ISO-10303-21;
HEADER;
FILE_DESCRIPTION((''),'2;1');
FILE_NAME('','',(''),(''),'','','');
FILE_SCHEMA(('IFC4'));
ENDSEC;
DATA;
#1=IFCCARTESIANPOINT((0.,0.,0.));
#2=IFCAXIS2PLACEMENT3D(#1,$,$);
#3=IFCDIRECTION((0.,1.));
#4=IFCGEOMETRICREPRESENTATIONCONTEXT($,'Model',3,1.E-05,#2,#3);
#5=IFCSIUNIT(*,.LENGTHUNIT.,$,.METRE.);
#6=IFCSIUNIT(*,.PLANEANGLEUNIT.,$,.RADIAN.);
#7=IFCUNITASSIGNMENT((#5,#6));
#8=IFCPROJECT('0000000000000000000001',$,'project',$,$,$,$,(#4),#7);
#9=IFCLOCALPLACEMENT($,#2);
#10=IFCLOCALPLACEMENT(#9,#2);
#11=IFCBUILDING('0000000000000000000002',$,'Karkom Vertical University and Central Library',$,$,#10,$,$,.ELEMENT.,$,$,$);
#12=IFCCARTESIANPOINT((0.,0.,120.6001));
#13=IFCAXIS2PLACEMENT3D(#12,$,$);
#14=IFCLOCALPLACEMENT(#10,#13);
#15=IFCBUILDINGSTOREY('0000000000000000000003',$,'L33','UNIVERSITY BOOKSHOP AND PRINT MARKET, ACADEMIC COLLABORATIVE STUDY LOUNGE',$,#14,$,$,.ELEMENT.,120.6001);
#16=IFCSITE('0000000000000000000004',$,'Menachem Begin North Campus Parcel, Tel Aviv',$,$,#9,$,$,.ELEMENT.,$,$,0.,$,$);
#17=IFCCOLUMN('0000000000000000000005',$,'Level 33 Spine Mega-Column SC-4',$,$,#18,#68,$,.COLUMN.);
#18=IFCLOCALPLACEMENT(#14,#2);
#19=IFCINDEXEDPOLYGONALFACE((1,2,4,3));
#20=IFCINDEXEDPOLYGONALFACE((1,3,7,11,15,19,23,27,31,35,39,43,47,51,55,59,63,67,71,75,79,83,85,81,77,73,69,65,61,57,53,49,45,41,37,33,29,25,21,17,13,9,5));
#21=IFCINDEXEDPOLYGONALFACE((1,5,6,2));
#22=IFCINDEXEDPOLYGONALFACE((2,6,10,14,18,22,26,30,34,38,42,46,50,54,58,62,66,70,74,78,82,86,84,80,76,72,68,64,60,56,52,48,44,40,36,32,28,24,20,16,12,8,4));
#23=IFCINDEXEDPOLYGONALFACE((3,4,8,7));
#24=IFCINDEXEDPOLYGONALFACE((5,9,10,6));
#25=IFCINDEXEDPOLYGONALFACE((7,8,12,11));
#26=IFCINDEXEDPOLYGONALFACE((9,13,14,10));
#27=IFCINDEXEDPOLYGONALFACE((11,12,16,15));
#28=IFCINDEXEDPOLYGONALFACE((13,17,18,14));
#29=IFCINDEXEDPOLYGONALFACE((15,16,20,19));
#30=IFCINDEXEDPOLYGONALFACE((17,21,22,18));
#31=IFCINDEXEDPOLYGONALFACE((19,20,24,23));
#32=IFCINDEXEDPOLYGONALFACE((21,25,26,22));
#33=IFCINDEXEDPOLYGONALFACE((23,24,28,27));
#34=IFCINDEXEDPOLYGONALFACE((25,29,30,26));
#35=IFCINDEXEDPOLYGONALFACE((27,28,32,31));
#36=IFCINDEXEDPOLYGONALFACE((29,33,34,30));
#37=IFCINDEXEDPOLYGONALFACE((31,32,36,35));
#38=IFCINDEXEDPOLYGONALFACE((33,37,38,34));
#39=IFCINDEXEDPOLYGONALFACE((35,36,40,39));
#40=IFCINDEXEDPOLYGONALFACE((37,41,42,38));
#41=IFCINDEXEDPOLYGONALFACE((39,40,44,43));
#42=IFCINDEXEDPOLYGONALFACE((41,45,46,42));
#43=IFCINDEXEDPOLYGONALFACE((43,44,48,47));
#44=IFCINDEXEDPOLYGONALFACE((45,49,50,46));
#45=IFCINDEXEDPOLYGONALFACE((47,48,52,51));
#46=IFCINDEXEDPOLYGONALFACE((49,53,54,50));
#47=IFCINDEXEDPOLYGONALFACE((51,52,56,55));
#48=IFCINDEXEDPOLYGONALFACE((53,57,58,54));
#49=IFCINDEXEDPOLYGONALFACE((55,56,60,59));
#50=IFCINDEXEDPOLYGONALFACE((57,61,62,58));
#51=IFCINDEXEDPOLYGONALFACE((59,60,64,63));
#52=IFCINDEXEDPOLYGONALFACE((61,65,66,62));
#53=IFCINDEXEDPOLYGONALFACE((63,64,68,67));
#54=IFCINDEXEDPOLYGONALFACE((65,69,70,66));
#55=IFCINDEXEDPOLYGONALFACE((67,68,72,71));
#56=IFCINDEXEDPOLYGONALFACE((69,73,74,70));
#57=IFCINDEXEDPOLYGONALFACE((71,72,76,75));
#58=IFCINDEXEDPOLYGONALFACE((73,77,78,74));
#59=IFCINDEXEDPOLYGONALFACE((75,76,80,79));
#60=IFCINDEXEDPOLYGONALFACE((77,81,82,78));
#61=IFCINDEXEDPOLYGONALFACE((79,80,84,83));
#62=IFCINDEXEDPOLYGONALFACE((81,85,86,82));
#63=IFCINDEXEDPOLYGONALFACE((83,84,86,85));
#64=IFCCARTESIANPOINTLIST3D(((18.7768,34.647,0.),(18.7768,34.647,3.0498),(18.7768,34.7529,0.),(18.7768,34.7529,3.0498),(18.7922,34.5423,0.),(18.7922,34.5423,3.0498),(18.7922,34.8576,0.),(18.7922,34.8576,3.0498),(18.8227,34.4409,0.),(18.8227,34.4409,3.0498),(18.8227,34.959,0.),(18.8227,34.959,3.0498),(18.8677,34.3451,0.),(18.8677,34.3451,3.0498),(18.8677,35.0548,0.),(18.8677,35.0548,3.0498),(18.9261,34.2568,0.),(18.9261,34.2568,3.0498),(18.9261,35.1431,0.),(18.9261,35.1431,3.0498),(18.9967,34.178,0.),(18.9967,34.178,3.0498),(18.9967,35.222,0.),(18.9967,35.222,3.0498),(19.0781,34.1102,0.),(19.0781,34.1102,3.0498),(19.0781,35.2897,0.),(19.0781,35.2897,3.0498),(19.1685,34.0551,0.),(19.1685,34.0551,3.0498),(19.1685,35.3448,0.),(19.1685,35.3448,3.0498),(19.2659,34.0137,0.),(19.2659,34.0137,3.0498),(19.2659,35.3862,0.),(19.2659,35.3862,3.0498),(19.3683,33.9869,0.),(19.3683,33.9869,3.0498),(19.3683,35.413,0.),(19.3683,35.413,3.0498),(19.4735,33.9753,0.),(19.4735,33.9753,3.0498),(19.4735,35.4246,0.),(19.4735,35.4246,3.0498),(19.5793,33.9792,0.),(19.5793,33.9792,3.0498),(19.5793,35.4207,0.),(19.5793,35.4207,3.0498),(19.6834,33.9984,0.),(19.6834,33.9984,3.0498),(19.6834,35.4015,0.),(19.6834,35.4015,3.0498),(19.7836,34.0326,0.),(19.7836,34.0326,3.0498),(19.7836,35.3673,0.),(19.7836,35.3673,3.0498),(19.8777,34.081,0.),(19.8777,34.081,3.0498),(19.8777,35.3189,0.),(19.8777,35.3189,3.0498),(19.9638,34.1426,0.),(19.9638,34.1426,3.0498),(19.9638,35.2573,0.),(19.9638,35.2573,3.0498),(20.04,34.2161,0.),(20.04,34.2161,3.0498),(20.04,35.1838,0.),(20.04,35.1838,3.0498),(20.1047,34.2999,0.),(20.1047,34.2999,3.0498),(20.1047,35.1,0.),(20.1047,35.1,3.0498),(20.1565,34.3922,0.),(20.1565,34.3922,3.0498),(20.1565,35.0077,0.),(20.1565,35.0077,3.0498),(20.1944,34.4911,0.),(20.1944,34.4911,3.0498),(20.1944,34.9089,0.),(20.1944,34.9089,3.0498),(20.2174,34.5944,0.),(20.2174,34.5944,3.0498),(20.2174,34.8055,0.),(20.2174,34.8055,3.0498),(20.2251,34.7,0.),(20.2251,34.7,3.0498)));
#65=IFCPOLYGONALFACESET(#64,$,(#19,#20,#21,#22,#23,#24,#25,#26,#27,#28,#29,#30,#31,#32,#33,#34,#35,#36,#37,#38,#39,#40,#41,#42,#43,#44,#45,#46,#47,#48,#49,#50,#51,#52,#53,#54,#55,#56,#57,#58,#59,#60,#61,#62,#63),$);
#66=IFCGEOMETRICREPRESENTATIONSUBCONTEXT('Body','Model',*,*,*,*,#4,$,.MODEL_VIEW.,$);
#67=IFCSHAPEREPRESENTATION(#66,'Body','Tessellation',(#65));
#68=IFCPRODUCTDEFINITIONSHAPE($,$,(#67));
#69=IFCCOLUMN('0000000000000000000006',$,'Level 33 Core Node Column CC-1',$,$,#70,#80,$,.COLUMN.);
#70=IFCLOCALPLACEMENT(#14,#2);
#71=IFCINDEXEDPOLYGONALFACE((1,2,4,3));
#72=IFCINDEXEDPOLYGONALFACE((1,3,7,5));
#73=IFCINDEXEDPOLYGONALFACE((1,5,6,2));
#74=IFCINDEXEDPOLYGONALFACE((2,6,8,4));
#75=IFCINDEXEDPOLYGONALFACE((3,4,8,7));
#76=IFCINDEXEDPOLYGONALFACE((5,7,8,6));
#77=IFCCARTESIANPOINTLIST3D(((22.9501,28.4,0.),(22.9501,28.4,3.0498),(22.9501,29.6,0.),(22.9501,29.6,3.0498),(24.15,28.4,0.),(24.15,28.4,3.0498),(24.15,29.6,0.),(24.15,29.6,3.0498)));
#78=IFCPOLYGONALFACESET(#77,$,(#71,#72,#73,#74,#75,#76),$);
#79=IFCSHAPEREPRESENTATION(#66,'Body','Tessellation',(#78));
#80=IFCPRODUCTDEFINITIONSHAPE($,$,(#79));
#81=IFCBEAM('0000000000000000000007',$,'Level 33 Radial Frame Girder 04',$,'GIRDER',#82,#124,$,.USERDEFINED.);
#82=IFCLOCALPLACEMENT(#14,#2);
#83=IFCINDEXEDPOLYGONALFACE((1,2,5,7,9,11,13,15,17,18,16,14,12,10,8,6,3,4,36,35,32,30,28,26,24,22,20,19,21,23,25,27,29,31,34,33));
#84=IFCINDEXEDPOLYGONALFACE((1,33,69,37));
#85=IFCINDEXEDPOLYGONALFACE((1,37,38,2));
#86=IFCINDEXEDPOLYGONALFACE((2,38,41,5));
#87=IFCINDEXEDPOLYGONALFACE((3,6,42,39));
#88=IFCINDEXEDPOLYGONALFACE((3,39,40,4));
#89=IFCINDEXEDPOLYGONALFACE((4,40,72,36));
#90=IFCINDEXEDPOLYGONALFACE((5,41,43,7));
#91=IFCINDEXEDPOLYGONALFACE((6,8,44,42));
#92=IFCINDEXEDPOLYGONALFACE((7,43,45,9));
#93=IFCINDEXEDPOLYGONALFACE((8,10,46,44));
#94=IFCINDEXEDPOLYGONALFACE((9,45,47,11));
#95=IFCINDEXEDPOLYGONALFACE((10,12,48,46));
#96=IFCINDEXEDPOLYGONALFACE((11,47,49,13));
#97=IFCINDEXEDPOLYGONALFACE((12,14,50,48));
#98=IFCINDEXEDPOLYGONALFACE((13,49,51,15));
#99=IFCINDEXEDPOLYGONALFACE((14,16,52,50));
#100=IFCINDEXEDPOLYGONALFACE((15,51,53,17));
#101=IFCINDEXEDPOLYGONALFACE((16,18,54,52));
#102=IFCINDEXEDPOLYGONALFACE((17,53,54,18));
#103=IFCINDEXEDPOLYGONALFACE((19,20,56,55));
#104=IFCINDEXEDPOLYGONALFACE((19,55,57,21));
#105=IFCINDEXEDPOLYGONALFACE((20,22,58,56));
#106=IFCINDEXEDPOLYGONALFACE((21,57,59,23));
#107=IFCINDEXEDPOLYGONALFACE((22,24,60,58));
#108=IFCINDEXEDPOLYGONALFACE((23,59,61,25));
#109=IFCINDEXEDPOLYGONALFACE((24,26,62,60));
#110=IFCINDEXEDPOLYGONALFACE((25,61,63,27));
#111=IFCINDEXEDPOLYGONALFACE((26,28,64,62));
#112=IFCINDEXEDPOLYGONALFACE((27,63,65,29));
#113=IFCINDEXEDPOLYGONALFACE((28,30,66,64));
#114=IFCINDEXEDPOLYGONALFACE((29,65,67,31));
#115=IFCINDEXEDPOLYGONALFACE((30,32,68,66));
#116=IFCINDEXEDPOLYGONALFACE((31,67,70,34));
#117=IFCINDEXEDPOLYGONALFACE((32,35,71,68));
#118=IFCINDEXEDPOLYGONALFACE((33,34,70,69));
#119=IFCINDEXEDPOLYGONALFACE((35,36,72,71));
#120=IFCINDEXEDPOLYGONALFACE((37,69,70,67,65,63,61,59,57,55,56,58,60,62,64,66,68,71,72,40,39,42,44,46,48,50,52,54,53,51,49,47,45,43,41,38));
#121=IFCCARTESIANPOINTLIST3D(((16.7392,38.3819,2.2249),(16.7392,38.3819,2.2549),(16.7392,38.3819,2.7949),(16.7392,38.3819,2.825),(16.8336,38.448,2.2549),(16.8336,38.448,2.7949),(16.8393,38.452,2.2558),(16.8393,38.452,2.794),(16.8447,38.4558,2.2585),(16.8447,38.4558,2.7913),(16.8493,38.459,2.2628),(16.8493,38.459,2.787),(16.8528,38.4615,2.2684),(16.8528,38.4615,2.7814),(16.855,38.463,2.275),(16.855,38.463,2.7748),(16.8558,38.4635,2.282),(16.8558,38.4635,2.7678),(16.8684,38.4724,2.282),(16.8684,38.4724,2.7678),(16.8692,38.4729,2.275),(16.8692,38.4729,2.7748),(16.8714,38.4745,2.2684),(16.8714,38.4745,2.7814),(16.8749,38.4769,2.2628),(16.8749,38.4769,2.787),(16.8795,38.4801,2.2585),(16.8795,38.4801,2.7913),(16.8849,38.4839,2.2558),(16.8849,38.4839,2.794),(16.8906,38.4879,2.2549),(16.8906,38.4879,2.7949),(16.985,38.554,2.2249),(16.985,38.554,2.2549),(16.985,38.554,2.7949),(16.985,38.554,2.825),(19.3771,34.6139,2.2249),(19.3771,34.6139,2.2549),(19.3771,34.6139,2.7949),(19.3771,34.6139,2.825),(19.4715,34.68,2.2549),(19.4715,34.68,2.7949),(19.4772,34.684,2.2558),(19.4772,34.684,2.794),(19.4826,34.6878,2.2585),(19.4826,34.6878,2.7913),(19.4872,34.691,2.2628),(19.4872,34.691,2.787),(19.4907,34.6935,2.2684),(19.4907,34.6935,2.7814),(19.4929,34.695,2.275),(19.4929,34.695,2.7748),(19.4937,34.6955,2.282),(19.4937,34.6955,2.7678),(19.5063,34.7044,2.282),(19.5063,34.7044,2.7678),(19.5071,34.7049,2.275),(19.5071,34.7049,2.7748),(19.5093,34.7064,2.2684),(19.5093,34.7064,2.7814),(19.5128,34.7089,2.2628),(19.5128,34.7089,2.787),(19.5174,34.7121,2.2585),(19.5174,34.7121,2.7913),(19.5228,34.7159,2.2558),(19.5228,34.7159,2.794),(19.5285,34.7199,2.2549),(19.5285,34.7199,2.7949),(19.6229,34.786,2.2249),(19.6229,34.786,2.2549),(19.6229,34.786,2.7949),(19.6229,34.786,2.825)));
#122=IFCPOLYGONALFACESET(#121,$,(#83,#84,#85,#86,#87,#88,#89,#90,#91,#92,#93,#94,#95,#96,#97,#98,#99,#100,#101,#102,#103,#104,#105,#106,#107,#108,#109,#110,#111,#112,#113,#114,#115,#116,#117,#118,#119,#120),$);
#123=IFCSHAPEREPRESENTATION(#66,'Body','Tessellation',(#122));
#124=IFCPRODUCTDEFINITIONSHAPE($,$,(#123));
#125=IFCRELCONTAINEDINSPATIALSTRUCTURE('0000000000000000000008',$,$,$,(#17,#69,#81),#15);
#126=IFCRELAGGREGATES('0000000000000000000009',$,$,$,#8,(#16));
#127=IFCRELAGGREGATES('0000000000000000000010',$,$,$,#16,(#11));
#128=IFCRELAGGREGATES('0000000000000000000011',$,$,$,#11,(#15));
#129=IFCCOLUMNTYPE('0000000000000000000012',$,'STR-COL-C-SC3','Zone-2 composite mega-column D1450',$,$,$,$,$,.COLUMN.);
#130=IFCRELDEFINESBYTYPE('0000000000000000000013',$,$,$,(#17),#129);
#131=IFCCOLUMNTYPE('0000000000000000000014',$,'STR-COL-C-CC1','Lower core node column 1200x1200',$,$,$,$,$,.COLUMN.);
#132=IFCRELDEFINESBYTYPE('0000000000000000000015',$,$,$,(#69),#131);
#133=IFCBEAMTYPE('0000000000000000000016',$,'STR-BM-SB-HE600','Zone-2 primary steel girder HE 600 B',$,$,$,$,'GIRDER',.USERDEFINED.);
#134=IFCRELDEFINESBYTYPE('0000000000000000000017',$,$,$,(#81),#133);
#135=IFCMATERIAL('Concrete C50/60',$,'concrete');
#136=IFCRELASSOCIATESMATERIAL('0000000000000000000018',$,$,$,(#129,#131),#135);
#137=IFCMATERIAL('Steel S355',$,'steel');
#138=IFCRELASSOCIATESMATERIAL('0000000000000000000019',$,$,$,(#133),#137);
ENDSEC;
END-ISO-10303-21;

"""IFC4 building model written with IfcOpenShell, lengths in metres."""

from ifc_helpers import new_model, si_unit, direction, frame, origin, origin_with_axes, origin_2d, place, context, subcontext, project, spatial, rectangle, circle, i_section, extrude, source, transform, mapped, material, material_profile, profile_set, type_object, element, save


model = new_model("IFC4")

# Units and contexts
model_context = context("Model", 3, precision=1e-05, world=origin(), true_north=direction((0.0, 1.0)))
body_context = subcontext(model_context, "Body", "Model", "MODEL_VIEW")
ifc_project = project(units=[si_unit("LENGTHUNIT", "METRE"), si_unit("PLANEANGLEUNIT", "RADIAN")], contexts=[model_context])

# Site, building, storey
site_placement = place(None, origin())
site = spatial("IfcSite", under=ifc_project, at=site_placement, Name="Menachem Begin North Campus Parcel, Tel Aviv", CompositionType="ELEMENT", RefElevation=0.0)
building_placement = place(site_placement, origin())
building = spatial("IfcBuilding", under=site, at=building_placement, Name="Karkom Vertical University and Central Library", CompositionType="ELEMENT")
storey_placement = place(building_placement, frame((0.0, 0.0, 120.6001)))
storey = spatial("IfcBuildingStorey", under=building, at=storey_placement, Name="L33", Description="UNIVERSITY BOOKSHOP AND PRINT MARKET, ACADEMIC COLLABORATIVE STUDY LOUNGE", CompositionType="ELEMENT", Elevation=120.6001)

# Columns
ifc_material_1 = material(Name="Concrete C50/60", Category="concrete")
ifc_material_profile_1 = material_profile(ifc_material_1, circle(Radius=0.7251, at=origin_2d()), Name="CFT-D1450")
ifc_profile_set_1 = profile_set([ifc_material_profile_1], Name="Concrete C50/60")
column_type_1 = type_object("IfcColumnType", Name="STR-COL-C-SC3", Description="Zone-2 composite mega-column D1450", PredefinedType="COLUMN", material=ifc_profile_set_1)
shared_shape_1 = source(origin_with_axes(), body_context, "Body", "SweptSolid", [
    extrude(circle(Radius=0.7251, at=origin_2d()), origin(), (0.0, 0.0, 1.0), 3.0498),
])
column_1_placement = place(storey_placement, frame((19.5, 34.7, 0.0), z_axis=(0.0, 0.0, 1.0), x_axis=(1.0, 0.0, 0.0)))
element("IfcColumn", 1, at=column_1_placement, inside=storey, type_object=column_type_1, Name="Level 33 Spine Mega-Column SC-4", PredefinedType="COLUMN", context=body_context, shape_type="MappedRepresentation", body=[
    mapped(shared_shape_1, transform((0.0, 0.0, 0.0), scale=1.0)),
])
ifc_material_profile_2 = material_profile(ifc_material_1, rectangle(XDim=1.2, YDim=1.2, at=origin_2d()), Name="RC-1200x1200")
ifc_profile_set_2 = profile_set([ifc_material_profile_2], Name="Concrete C50/60")
column_type_2 = type_object("IfcColumnType", Name="STR-COL-C-CC1", Description="Lower core node column 1200x1200", PredefinedType="COLUMN", material=ifc_profile_set_2)
shared_shape_2 = source(origin_with_axes(), body_context, "Body", "SweptSolid", [
    extrude(rectangle(XDim=1.2, YDim=1.2, at=origin_2d()), origin(), (0.0, 0.0, 1.0), 3.0498),
])
column_2_placement = place(storey_placement, frame((23.55, 29.0, 0.0), z_axis=(0.0, 0.0, 1.0), x_axis=(1.0, 0.0, 0.0)))
element("IfcColumn", 2, at=column_2_placement, inside=storey, type_object=column_type_2, Name="Level 33 Core Node Column CC-1", PredefinedType="COLUMN", context=body_context, shape_type="MappedRepresentation", body=[
    mapped(shared_shape_2, transform((0.0, 0.0, 0.0), scale=1.0)),
])

# Beam
ifc_material_2 = material(Name="Steel S355", Category="steel")
ifc_material_profile_3 = material_profile(ifc_material_2, i_section(OverallWidth=0.3, OverallDepth=0.6001, WebThickness=0.0154, FlangeThickness=0.03, FilletRadius=0.0271, at=origin_2d()), Name="HE 600 B")
ifc_profile_set_3 = profile_set([ifc_material_profile_3], Name="Steel S355")
beam_type = type_object("IfcBeamType", Name="STR-BM-SB-HE600", Description="Zone-2 primary steel girder HE 600 B", ElementType="GIRDER", PredefinedType="USERDEFINED", material=ifc_profile_set_3)
shared_shape_3 = source(origin_with_axes(), body_context, "Body", "SweptSolid", [
    extrude(i_section(OverallWidth=0.3, OverallDepth=0.6001, WebThickness=0.0154, FlangeThickness=0.03, FilletRadius=0.0271, at=origin_2d()), origin(), (0.0, 0.0, 1.0), 4.5996),
])
beam_placement = place(storey_placement, frame((19.5, 34.7, 2.5249), z_axis=(-0.573505, 0.819202, 0.0), x_axis=(-0.819202, -0.573505, 0.0)))
element("IfcBeam", 3, at=beam_placement, inside=storey, type_object=beam_type, Name="Level 33 Radial Frame Girder 04", ObjectType="GIRDER", PredefinedType="USERDEFINED", context=body_context, shape_type="MappedRepresentation", body=[
    mapped(shared_shape_3, transform((0.0, 0.0, 0.0), scale=1.0)),
])

save(model, "model.ifc")
